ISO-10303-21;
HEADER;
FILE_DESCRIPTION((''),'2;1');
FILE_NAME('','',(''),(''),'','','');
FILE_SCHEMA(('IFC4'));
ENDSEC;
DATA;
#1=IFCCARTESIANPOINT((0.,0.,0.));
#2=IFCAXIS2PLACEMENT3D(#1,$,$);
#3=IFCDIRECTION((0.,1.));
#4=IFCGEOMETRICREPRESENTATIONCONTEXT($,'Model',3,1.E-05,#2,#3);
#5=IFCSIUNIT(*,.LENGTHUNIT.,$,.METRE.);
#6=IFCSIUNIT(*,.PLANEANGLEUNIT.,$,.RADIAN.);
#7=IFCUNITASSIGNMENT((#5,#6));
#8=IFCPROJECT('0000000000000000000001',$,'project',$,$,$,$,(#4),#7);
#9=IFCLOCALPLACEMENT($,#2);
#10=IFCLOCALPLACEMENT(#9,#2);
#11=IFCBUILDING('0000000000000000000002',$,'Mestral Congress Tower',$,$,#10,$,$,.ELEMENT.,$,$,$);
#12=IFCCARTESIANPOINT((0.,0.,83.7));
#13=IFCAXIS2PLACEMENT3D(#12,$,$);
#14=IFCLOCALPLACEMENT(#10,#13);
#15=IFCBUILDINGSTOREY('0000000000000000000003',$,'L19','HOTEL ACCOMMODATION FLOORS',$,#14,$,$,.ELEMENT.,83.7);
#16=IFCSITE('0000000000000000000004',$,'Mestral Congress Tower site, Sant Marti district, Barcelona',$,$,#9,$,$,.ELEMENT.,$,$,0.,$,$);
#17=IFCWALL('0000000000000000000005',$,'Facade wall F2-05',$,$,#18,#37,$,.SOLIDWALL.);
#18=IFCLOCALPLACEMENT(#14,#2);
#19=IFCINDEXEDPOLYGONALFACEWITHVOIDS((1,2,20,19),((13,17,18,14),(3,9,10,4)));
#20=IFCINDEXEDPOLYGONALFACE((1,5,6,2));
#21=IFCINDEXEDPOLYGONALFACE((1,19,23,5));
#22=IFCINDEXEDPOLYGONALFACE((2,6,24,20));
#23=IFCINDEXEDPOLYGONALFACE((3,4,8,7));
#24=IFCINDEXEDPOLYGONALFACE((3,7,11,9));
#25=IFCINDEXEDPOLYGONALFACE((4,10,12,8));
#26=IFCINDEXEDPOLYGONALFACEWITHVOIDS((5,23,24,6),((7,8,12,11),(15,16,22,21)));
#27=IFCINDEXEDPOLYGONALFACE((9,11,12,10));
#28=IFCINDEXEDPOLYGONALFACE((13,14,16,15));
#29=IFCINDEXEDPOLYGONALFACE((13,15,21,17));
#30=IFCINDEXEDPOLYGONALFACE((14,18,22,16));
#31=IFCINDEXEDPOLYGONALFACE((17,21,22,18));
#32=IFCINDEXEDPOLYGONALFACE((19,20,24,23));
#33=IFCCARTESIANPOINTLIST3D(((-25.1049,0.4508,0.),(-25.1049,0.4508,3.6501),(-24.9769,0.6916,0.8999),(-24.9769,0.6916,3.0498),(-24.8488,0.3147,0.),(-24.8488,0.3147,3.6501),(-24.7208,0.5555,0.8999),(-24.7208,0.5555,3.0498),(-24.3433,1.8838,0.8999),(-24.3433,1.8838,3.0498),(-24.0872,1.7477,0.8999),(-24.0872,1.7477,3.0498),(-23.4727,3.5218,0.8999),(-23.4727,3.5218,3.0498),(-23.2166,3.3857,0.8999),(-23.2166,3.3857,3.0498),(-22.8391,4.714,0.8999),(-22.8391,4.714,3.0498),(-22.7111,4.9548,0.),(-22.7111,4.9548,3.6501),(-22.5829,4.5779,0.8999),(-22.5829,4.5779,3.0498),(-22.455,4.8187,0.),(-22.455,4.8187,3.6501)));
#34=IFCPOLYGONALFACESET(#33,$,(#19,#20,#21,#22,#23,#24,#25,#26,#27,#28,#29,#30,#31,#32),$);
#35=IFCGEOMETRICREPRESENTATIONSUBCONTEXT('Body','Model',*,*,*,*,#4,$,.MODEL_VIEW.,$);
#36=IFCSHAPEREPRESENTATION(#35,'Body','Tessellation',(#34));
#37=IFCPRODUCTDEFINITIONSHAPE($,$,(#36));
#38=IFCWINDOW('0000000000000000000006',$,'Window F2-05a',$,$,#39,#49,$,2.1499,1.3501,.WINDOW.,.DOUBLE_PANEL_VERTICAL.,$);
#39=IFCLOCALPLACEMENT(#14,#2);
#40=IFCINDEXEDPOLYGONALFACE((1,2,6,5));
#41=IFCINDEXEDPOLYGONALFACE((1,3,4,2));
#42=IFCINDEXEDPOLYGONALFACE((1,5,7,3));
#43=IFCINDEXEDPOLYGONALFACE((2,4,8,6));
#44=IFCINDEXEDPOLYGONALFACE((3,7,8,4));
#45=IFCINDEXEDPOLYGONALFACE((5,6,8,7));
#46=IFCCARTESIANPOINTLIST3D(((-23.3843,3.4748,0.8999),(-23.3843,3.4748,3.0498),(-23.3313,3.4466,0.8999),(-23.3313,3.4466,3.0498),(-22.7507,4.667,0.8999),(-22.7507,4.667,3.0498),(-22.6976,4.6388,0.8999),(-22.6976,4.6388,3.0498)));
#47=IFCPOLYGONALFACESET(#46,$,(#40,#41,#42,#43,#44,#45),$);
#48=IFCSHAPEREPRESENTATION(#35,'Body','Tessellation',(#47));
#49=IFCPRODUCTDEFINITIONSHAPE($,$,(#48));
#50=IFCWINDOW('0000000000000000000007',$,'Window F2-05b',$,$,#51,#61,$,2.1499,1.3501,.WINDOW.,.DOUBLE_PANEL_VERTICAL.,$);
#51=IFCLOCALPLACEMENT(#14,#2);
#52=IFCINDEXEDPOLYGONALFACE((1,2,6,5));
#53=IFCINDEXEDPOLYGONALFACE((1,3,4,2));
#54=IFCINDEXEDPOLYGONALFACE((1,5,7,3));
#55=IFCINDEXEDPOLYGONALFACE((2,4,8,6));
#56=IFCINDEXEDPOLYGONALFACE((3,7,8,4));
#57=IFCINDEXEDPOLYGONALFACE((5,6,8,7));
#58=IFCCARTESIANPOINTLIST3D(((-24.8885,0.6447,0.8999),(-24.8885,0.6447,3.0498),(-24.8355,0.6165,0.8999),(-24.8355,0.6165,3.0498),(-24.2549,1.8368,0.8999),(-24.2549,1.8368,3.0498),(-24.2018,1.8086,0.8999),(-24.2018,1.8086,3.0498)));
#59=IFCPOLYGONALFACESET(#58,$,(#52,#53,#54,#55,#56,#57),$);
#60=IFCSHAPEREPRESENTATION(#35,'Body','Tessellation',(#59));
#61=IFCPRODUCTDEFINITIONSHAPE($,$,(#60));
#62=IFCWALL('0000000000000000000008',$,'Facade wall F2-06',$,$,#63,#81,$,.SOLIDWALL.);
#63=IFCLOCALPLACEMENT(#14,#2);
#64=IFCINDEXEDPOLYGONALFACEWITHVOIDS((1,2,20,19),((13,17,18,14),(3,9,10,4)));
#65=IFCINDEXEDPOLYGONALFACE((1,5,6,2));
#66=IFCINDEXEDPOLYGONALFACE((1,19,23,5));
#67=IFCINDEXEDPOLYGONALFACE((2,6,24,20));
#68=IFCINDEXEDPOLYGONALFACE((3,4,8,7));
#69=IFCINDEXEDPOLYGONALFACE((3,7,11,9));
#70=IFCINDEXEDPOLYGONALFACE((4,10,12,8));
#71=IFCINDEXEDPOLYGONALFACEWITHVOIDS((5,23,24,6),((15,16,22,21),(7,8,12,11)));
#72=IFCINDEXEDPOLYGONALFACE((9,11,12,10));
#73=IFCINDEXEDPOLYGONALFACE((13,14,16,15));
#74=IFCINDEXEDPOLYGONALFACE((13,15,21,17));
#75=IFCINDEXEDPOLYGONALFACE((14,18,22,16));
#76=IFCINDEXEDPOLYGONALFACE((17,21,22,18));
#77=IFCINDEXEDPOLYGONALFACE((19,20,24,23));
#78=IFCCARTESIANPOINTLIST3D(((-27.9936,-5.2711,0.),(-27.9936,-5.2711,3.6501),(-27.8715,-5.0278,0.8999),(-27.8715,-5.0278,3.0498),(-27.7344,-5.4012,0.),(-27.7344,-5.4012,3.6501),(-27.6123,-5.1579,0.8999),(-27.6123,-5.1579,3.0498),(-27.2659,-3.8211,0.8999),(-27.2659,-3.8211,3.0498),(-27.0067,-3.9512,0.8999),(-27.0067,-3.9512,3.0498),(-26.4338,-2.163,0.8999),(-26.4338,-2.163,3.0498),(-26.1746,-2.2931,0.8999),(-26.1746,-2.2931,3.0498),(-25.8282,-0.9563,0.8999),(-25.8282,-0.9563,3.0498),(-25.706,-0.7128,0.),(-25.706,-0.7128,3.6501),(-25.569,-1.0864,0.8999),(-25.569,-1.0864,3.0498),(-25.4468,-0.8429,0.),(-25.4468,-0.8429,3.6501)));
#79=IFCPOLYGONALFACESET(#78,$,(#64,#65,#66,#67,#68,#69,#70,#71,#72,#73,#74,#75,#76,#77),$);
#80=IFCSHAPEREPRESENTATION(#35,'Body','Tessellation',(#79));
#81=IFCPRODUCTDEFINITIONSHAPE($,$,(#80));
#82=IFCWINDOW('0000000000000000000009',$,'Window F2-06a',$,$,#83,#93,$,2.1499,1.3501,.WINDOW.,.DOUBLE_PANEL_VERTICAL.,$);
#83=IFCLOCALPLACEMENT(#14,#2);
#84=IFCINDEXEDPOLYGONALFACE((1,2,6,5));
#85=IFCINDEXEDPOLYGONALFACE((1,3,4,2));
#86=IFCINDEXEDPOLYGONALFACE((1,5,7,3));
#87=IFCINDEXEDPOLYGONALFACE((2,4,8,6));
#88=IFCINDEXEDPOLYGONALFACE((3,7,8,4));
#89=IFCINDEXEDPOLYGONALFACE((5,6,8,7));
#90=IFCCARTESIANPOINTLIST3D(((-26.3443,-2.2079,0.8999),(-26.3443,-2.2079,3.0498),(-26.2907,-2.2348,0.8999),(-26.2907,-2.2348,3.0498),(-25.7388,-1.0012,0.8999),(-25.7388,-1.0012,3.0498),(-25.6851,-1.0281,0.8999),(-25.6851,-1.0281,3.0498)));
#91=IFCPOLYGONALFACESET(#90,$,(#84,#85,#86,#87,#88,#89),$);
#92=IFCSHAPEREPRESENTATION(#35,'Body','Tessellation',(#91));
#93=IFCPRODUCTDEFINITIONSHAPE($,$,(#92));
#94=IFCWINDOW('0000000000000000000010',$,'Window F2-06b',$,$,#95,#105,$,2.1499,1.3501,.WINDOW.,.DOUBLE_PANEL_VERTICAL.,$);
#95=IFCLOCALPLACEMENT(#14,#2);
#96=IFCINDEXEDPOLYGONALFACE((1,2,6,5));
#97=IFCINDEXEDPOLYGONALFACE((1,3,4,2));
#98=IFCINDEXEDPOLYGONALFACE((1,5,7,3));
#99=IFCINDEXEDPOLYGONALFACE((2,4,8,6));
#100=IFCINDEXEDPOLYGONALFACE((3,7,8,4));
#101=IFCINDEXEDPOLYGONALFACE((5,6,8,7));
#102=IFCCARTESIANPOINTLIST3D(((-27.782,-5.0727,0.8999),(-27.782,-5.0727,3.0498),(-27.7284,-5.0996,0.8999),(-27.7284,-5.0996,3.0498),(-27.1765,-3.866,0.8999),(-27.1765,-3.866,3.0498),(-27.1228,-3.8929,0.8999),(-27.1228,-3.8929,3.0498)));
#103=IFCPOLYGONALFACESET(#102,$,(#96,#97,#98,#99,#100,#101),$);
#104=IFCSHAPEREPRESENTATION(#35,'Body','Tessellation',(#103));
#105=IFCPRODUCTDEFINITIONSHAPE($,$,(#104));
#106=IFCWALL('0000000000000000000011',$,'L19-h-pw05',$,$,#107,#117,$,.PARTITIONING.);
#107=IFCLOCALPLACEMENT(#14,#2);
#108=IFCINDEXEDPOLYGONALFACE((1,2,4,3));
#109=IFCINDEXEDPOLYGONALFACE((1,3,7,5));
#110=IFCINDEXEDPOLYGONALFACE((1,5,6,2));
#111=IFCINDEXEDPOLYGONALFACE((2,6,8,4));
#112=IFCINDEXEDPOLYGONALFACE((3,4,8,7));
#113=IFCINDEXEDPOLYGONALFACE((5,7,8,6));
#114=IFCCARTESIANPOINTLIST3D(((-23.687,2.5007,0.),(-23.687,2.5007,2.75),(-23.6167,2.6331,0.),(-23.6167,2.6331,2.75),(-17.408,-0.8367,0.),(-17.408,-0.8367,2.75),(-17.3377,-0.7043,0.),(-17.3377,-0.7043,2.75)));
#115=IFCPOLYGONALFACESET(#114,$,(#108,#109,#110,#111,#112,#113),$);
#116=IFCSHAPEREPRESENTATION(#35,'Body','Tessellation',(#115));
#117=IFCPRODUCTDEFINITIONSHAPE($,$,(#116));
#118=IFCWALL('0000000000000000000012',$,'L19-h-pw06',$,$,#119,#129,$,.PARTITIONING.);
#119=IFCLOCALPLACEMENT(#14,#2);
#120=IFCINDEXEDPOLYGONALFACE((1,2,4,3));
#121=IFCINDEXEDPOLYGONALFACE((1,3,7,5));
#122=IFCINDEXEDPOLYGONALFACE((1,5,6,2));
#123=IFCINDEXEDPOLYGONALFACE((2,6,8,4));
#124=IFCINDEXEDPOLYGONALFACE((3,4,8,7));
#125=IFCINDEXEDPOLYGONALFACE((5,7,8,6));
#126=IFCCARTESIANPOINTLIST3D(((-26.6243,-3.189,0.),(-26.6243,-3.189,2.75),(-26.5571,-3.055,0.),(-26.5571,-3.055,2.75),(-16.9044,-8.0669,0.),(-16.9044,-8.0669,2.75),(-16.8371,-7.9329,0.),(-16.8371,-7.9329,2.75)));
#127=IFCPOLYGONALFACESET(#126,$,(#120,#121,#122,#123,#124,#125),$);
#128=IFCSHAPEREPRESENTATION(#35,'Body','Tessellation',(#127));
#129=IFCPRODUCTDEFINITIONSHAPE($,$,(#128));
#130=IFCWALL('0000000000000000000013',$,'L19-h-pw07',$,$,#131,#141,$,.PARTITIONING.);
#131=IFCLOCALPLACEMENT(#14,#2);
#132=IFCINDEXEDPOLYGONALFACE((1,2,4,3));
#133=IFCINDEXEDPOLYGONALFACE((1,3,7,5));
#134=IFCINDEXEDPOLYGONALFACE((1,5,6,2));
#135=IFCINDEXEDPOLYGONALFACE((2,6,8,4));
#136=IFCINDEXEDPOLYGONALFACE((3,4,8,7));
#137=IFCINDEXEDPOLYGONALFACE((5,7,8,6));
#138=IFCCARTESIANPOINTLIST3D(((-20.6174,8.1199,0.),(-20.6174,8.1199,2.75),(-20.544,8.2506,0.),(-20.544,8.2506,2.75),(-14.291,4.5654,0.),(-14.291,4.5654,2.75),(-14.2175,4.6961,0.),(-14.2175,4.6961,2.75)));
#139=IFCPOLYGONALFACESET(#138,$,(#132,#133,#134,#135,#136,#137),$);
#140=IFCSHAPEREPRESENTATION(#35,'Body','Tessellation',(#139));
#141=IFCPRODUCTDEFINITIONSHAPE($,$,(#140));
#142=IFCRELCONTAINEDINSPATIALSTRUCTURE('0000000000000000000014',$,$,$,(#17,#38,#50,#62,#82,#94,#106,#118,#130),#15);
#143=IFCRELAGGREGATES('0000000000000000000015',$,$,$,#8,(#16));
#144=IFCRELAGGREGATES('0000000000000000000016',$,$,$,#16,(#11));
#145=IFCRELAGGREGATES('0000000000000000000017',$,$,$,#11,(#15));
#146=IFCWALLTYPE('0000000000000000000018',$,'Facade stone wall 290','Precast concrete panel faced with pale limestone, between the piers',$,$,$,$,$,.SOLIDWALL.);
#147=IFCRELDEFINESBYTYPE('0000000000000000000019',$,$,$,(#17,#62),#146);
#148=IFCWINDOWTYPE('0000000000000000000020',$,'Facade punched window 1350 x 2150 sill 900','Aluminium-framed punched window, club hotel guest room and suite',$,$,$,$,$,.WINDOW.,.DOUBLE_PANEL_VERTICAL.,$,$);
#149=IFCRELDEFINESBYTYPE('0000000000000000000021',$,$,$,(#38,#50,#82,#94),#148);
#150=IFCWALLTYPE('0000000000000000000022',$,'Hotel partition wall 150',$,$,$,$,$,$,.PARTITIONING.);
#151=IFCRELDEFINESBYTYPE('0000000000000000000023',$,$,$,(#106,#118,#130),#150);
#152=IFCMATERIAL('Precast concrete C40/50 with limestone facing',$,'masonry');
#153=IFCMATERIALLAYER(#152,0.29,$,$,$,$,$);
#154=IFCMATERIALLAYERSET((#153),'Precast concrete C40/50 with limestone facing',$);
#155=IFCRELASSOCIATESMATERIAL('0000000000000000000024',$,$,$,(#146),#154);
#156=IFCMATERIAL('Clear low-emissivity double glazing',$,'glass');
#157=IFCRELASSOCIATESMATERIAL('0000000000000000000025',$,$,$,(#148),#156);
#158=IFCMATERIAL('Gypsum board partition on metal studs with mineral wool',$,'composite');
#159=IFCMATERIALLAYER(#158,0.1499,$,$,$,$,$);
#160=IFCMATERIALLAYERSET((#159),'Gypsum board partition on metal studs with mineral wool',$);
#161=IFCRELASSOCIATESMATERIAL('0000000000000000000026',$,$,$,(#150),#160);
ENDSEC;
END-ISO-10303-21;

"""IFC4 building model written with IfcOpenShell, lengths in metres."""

from ifc_helpers import new_model, si_unit, direction, frame, frame_2d, origin, place, context, subcontext, project, spatial, rectangle, extrude, material, layer, layer_set, type_object, element, fill, save


model = new_model("IFC4")

# Units and contexts
model_context = context("Model", 3, precision=1e-05, world=origin(), true_north=direction((0.0, 1.0)))
body_context = subcontext(model_context, "Body", "Model", "MODEL_VIEW")
ifc_project = project(units=[si_unit("LENGTHUNIT", "METRE"), si_unit("PLANEANGLEUNIT", "RADIAN")], contexts=[model_context])

# Site, building, storey
site_placement = place(None, origin())
site = spatial("IfcSite", under=ifc_project, at=site_placement, Name="Mestral Congress Tower site, Sant Marti district, Barcelona", CompositionType="ELEMENT", RefElevation=0.0)
building_placement = place(site_placement, origin())
building = spatial("IfcBuilding", under=site, at=building_placement, Name="Mestral Congress Tower", CompositionType="ELEMENT")
storey_placement = place(building_placement, frame((0.0, 0.0, 83.7)))
storey = spatial("IfcBuildingStorey", under=building, at=storey_placement, Name="L19", Description="HOTEL ACCOMMODATION FLOORS", CompositionType="ELEMENT", Elevation=83.7)

# Walls, openings, windows
ifc_material_1 = material(Name="Precast concrete C40/50 with limestone facing", Category="masonry")
ifc_layer_1 = layer(ifc_material_1, 0.29)
ifc_layer_set_1 = layer_set([ifc_layer_1], Name="Precast concrete C40/50 with limestone facing")
wall_type_1 = type_object("IfcWallType", Name="Facade stone wall 290", Description="Precast concrete panel faced with pale limestone, between the piers", PredefinedType="SOLIDWALL", material=ifc_layer_set_1)
wall_1_placement = place(storey_placement, frame((-22.583, 4.8867, 0.0), z_axis=(0.0, 0.0, 1.0), x_axis=(-0.469323, -0.883026, 0.0)))
wall_1 = element("IfcWall", 1, at=wall_1_placement, inside=storey, type_object=wall_type_1, Name="Facade wall F2-05", PredefinedType="SOLIDWALL", context=body_context, shape_type="SweptSolid", body=[
    extrude(rectangle(XDim=5.1006, YDim=0.29, at=frame_2d((2.5503, 0.0))), origin(), (0.0, 0.0, 1.0), 3.6501),
])
opening_1_placement = place(wall_1_placement, frame((0.2727, 0.0, 0.8999)))
opening_1 = element("IfcOpeningElement", 2, at=opening_1_placement, cuts=wall_1, PredefinedType="OPENING", context=body_context, shape_type="SweptSolid", body=[
    extrude(rectangle(XDim=1.3501, YDim=2.1499, at=frame_2d((0.675, 1.075))), frame((0.0, 0.155, 0.0), z_axis=(0.0, -1.0, 0.0), x_axis=(1.0, 0.0, 0.0)), (0.0, 0.0, 1.0), 0.3101),
])
opening_2_placement = place(wall_1_placement, frame((3.4778, 0.0, 0.8999)))
opening_2 = element("IfcOpeningElement", 3, at=opening_2_placement, cuts=wall_1, PredefinedType="OPENING", context=body_context, shape_type="SweptSolid", body=[
    extrude(rectangle(XDim=1.3501, YDim=2.1499, at=frame_2d((0.675, 1.075))), frame((0.0, 0.155, 0.0), z_axis=(0.0, -1.0, 0.0), x_axis=(1.0, 0.0, 0.0)), (0.0, 0.0, 1.0), 0.3101),
])
ifc_material_2 = material(Name="Clear low-emissivity double glazing", Category="glass")
window_type = type_object("IfcWindowType", Name="Facade punched window 1350 x 2150 sill 900", Description="Aluminium-framed punched window, club hotel guest room and suite", PartitioningType="DOUBLE_PANEL_VERTICAL", PredefinedType="WINDOW", material=ifc_material_2)
window_1_placement = place(opening_1_placement, origin())
window_1 = element("IfcWindow", 4, at=window_1_placement, inside=storey, type_object=window_type, Name="Window F2-05a", OverallHeight=2.1499, OverallWidth=1.3501, PartitioningType="DOUBLE_PANEL_VERTICAL", PredefinedType="WINDOW", context=body_context, shape_type="SweptSolid", body=[
    extrude(rectangle(XDim=1.3501, YDim=2.1499, at=frame_2d((0.675, 1.075))), frame((0.0, 0.0151, 0.0), z_axis=(0.0, -1.0, 0.0), x_axis=(1.0, 0.0, 0.0)), (0.0, 0.0, 1.0), 0.0601),
])
fill(opening_1, window_1)
window_2_placement = place(opening_2_placement, origin())
window_2 = element("IfcWindow", 5, at=window_2_placement, inside=storey, type_object=window_type, Name="Window F2-05b", OverallHeight=2.1499, OverallWidth=1.3501, PartitioningType="DOUBLE_PANEL_VERTICAL", PredefinedType="WINDOW", context=body_context, shape_type="SweptSolid", body=[
    extrude(rectangle(XDim=1.3501, YDim=2.1499, at=frame_2d((0.675, 1.075))), frame((0.0, 0.0151, 0.0), z_axis=(0.0, -1.0, 0.0), x_axis=(1.0, 0.0, 0.0)), (0.0, 0.0, 1.0), 0.0601),
])
fill(opening_2, window_2)
wall_2_placement = place(storey_placement, frame((-25.5764, -0.7778, 0.0), z_axis=(0.0, 0.0, 1.0), x_axis=(-0.448534, -0.893766, 0.0)))
wall_2 = element("IfcWall", 6, at=wall_2_placement, inside=storey, type_object=wall_type_1, Name="Facade wall F2-06", PredefinedType="SOLIDWALL", context=body_context, shape_type="SweptSolid", body=[
    extrude(rectangle(XDim=5.1001, YDim=0.29, at=frame_2d((2.55, 0.0))), origin(), (0.0, 0.0, 1.0), 3.6501),
])
opening_3_placement = place(wall_2_placement, frame((0.2725, 0.0, 0.8999)))
opening_3 = element("IfcOpeningElement", 7, at=opening_3_placement, cuts=wall_2, PredefinedType="OPENING", context=body_context, shape_type="SweptSolid", body=[
    extrude(rectangle(XDim=1.3501, YDim=2.1499, at=frame_2d((0.675, 1.075))), frame((0.0, 0.155, 0.0), z_axis=(0.0, -1.0, 0.0), x_axis=(1.0, 0.0, 0.0)), (0.0, 0.0, 1.0), 0.3101),
])
opening_4_placement = place(wall_2_placement, frame((3.4778, 0.0, 0.8999)))
opening_4 = element("IfcOpeningElement", 8, at=opening_4_placement, cuts=wall_2, PredefinedType="OPENING", context=body_context, shape_type="SweptSolid", body=[
    extrude(rectangle(XDim=1.3501, YDim=2.1499, at=frame_2d((0.675, 1.075))), frame((0.0, 0.155, 0.0), z_axis=(0.0, -1.0, 0.0), x_axis=(1.0, 0.0, 0.0)), (0.0, 0.0, 1.0), 0.3101),
])
window_3_placement = place(opening_3_placement, origin())
window_3 = element("IfcWindow", 9, at=window_3_placement, inside=storey, type_object=window_type, Name="Window F2-06a", OverallHeight=2.1499, OverallWidth=1.3501, PartitioningType="DOUBLE_PANEL_VERTICAL", PredefinedType="WINDOW", context=body_context, shape_type="SweptSolid", body=[
    extrude(rectangle(XDim=1.3501, YDim=2.1499, at=frame_2d((0.675, 1.075))), frame((0.0, 0.0151, 0.0), z_axis=(0.0, -1.0, 0.0), x_axis=(1.0, 0.0, 0.0)), (0.0, 0.0, 1.0), 0.0601),
])
fill(opening_3, window_3)
window_4_placement = place(opening_4_placement, origin())
window_4 = element("IfcWindow", 10, at=window_4_placement, inside=storey, type_object=window_type, Name="Window F2-06b", OverallHeight=2.1499, OverallWidth=1.3501, PartitioningType="DOUBLE_PANEL_VERTICAL", PredefinedType="WINDOW", context=body_context, shape_type="SweptSolid", body=[
    extrude(rectangle(XDim=1.3501, YDim=2.1499, at=frame_2d((0.675, 1.075))), frame((0.0, 0.0151, 0.0), z_axis=(0.0, -1.0, 0.0), x_axis=(1.0, 0.0, 0.0)), (0.0, 0.0, 1.0), 0.0601),
])
fill(opening_4, window_4)

# Walls
ifc_material_3 = material(Name="Gypsum board partition on metal studs with mineral wool", Category="composite")
ifc_layer_2 = layer(ifc_material_3, 0.1499)
ifc_layer_set_2 = layer_set([ifc_layer_2], Name="Gypsum board partition on metal studs with mineral wool")
wall_type_2 = type_object("IfcWallType", Name="Hotel partition wall 150", PredefinedType="PARTITIONING", material=ifc_layer_set_2)
wall_3_placement = place(storey_placement, frame((-23.6519, 2.5669, 0.0), z_axis=(0.0, 0.0, 1.0), x_axis=(0.883019, -0.469337, 0.0)))
element("IfcWall", 11, at=wall_3_placement, inside=storey, type_object=wall_type_2, Name="L19-h-pw05", PredefinedType="PARTITIONING", context=body_context, shape_type="SweptSolid", body=[
    extrude(rectangle(XDim=7.1108, YDim=0.1499, at=frame_2d((3.5554, 0.0))), origin(), (0.0, 0.0, 1.0), 2.75),
])
wall_4_placement = place(storey_placement, frame((-26.5906, -3.1221, 0.0), z_axis=(0.0, 0.0, 1.0), x_axis=(0.893766, -0.448533, 0.0)))
element("IfcWall", 12, at=wall_4_placement, inside=storey, type_object=wall_type_2, Name="L19-h-pw06", PredefinedType="PARTITIONING", context=body_context, shape_type="SweptSolid", body=[
    extrude(rectangle(XDim=10.8752, YDim=0.1499, at=frame_2d((5.4375, 0.0))), origin(), (0.0, 0.0, 1.0), 2.75),
])
wall_5_placement = place(storey_placement, frame((-20.5808, 8.1853, 0.0), z_axis=(0.0, 0.0, 1.0), x_axis=(0.871821, -0.489825, 0.0)))
element("IfcWall", 13, at=wall_5_placement, inside=storey, type_object=wall_type_2, Name="L19-h-pw07", PredefinedType="PARTITIONING", context=body_context, shape_type="SweptSolid", body=[
    extrude(rectangle(XDim=7.2566, YDim=0.1499, at=frame_2d((3.6284, 0.0))), origin(), (0.0, 0.0, 1.0), 2.75),
])

save(model, "model.ifc")
